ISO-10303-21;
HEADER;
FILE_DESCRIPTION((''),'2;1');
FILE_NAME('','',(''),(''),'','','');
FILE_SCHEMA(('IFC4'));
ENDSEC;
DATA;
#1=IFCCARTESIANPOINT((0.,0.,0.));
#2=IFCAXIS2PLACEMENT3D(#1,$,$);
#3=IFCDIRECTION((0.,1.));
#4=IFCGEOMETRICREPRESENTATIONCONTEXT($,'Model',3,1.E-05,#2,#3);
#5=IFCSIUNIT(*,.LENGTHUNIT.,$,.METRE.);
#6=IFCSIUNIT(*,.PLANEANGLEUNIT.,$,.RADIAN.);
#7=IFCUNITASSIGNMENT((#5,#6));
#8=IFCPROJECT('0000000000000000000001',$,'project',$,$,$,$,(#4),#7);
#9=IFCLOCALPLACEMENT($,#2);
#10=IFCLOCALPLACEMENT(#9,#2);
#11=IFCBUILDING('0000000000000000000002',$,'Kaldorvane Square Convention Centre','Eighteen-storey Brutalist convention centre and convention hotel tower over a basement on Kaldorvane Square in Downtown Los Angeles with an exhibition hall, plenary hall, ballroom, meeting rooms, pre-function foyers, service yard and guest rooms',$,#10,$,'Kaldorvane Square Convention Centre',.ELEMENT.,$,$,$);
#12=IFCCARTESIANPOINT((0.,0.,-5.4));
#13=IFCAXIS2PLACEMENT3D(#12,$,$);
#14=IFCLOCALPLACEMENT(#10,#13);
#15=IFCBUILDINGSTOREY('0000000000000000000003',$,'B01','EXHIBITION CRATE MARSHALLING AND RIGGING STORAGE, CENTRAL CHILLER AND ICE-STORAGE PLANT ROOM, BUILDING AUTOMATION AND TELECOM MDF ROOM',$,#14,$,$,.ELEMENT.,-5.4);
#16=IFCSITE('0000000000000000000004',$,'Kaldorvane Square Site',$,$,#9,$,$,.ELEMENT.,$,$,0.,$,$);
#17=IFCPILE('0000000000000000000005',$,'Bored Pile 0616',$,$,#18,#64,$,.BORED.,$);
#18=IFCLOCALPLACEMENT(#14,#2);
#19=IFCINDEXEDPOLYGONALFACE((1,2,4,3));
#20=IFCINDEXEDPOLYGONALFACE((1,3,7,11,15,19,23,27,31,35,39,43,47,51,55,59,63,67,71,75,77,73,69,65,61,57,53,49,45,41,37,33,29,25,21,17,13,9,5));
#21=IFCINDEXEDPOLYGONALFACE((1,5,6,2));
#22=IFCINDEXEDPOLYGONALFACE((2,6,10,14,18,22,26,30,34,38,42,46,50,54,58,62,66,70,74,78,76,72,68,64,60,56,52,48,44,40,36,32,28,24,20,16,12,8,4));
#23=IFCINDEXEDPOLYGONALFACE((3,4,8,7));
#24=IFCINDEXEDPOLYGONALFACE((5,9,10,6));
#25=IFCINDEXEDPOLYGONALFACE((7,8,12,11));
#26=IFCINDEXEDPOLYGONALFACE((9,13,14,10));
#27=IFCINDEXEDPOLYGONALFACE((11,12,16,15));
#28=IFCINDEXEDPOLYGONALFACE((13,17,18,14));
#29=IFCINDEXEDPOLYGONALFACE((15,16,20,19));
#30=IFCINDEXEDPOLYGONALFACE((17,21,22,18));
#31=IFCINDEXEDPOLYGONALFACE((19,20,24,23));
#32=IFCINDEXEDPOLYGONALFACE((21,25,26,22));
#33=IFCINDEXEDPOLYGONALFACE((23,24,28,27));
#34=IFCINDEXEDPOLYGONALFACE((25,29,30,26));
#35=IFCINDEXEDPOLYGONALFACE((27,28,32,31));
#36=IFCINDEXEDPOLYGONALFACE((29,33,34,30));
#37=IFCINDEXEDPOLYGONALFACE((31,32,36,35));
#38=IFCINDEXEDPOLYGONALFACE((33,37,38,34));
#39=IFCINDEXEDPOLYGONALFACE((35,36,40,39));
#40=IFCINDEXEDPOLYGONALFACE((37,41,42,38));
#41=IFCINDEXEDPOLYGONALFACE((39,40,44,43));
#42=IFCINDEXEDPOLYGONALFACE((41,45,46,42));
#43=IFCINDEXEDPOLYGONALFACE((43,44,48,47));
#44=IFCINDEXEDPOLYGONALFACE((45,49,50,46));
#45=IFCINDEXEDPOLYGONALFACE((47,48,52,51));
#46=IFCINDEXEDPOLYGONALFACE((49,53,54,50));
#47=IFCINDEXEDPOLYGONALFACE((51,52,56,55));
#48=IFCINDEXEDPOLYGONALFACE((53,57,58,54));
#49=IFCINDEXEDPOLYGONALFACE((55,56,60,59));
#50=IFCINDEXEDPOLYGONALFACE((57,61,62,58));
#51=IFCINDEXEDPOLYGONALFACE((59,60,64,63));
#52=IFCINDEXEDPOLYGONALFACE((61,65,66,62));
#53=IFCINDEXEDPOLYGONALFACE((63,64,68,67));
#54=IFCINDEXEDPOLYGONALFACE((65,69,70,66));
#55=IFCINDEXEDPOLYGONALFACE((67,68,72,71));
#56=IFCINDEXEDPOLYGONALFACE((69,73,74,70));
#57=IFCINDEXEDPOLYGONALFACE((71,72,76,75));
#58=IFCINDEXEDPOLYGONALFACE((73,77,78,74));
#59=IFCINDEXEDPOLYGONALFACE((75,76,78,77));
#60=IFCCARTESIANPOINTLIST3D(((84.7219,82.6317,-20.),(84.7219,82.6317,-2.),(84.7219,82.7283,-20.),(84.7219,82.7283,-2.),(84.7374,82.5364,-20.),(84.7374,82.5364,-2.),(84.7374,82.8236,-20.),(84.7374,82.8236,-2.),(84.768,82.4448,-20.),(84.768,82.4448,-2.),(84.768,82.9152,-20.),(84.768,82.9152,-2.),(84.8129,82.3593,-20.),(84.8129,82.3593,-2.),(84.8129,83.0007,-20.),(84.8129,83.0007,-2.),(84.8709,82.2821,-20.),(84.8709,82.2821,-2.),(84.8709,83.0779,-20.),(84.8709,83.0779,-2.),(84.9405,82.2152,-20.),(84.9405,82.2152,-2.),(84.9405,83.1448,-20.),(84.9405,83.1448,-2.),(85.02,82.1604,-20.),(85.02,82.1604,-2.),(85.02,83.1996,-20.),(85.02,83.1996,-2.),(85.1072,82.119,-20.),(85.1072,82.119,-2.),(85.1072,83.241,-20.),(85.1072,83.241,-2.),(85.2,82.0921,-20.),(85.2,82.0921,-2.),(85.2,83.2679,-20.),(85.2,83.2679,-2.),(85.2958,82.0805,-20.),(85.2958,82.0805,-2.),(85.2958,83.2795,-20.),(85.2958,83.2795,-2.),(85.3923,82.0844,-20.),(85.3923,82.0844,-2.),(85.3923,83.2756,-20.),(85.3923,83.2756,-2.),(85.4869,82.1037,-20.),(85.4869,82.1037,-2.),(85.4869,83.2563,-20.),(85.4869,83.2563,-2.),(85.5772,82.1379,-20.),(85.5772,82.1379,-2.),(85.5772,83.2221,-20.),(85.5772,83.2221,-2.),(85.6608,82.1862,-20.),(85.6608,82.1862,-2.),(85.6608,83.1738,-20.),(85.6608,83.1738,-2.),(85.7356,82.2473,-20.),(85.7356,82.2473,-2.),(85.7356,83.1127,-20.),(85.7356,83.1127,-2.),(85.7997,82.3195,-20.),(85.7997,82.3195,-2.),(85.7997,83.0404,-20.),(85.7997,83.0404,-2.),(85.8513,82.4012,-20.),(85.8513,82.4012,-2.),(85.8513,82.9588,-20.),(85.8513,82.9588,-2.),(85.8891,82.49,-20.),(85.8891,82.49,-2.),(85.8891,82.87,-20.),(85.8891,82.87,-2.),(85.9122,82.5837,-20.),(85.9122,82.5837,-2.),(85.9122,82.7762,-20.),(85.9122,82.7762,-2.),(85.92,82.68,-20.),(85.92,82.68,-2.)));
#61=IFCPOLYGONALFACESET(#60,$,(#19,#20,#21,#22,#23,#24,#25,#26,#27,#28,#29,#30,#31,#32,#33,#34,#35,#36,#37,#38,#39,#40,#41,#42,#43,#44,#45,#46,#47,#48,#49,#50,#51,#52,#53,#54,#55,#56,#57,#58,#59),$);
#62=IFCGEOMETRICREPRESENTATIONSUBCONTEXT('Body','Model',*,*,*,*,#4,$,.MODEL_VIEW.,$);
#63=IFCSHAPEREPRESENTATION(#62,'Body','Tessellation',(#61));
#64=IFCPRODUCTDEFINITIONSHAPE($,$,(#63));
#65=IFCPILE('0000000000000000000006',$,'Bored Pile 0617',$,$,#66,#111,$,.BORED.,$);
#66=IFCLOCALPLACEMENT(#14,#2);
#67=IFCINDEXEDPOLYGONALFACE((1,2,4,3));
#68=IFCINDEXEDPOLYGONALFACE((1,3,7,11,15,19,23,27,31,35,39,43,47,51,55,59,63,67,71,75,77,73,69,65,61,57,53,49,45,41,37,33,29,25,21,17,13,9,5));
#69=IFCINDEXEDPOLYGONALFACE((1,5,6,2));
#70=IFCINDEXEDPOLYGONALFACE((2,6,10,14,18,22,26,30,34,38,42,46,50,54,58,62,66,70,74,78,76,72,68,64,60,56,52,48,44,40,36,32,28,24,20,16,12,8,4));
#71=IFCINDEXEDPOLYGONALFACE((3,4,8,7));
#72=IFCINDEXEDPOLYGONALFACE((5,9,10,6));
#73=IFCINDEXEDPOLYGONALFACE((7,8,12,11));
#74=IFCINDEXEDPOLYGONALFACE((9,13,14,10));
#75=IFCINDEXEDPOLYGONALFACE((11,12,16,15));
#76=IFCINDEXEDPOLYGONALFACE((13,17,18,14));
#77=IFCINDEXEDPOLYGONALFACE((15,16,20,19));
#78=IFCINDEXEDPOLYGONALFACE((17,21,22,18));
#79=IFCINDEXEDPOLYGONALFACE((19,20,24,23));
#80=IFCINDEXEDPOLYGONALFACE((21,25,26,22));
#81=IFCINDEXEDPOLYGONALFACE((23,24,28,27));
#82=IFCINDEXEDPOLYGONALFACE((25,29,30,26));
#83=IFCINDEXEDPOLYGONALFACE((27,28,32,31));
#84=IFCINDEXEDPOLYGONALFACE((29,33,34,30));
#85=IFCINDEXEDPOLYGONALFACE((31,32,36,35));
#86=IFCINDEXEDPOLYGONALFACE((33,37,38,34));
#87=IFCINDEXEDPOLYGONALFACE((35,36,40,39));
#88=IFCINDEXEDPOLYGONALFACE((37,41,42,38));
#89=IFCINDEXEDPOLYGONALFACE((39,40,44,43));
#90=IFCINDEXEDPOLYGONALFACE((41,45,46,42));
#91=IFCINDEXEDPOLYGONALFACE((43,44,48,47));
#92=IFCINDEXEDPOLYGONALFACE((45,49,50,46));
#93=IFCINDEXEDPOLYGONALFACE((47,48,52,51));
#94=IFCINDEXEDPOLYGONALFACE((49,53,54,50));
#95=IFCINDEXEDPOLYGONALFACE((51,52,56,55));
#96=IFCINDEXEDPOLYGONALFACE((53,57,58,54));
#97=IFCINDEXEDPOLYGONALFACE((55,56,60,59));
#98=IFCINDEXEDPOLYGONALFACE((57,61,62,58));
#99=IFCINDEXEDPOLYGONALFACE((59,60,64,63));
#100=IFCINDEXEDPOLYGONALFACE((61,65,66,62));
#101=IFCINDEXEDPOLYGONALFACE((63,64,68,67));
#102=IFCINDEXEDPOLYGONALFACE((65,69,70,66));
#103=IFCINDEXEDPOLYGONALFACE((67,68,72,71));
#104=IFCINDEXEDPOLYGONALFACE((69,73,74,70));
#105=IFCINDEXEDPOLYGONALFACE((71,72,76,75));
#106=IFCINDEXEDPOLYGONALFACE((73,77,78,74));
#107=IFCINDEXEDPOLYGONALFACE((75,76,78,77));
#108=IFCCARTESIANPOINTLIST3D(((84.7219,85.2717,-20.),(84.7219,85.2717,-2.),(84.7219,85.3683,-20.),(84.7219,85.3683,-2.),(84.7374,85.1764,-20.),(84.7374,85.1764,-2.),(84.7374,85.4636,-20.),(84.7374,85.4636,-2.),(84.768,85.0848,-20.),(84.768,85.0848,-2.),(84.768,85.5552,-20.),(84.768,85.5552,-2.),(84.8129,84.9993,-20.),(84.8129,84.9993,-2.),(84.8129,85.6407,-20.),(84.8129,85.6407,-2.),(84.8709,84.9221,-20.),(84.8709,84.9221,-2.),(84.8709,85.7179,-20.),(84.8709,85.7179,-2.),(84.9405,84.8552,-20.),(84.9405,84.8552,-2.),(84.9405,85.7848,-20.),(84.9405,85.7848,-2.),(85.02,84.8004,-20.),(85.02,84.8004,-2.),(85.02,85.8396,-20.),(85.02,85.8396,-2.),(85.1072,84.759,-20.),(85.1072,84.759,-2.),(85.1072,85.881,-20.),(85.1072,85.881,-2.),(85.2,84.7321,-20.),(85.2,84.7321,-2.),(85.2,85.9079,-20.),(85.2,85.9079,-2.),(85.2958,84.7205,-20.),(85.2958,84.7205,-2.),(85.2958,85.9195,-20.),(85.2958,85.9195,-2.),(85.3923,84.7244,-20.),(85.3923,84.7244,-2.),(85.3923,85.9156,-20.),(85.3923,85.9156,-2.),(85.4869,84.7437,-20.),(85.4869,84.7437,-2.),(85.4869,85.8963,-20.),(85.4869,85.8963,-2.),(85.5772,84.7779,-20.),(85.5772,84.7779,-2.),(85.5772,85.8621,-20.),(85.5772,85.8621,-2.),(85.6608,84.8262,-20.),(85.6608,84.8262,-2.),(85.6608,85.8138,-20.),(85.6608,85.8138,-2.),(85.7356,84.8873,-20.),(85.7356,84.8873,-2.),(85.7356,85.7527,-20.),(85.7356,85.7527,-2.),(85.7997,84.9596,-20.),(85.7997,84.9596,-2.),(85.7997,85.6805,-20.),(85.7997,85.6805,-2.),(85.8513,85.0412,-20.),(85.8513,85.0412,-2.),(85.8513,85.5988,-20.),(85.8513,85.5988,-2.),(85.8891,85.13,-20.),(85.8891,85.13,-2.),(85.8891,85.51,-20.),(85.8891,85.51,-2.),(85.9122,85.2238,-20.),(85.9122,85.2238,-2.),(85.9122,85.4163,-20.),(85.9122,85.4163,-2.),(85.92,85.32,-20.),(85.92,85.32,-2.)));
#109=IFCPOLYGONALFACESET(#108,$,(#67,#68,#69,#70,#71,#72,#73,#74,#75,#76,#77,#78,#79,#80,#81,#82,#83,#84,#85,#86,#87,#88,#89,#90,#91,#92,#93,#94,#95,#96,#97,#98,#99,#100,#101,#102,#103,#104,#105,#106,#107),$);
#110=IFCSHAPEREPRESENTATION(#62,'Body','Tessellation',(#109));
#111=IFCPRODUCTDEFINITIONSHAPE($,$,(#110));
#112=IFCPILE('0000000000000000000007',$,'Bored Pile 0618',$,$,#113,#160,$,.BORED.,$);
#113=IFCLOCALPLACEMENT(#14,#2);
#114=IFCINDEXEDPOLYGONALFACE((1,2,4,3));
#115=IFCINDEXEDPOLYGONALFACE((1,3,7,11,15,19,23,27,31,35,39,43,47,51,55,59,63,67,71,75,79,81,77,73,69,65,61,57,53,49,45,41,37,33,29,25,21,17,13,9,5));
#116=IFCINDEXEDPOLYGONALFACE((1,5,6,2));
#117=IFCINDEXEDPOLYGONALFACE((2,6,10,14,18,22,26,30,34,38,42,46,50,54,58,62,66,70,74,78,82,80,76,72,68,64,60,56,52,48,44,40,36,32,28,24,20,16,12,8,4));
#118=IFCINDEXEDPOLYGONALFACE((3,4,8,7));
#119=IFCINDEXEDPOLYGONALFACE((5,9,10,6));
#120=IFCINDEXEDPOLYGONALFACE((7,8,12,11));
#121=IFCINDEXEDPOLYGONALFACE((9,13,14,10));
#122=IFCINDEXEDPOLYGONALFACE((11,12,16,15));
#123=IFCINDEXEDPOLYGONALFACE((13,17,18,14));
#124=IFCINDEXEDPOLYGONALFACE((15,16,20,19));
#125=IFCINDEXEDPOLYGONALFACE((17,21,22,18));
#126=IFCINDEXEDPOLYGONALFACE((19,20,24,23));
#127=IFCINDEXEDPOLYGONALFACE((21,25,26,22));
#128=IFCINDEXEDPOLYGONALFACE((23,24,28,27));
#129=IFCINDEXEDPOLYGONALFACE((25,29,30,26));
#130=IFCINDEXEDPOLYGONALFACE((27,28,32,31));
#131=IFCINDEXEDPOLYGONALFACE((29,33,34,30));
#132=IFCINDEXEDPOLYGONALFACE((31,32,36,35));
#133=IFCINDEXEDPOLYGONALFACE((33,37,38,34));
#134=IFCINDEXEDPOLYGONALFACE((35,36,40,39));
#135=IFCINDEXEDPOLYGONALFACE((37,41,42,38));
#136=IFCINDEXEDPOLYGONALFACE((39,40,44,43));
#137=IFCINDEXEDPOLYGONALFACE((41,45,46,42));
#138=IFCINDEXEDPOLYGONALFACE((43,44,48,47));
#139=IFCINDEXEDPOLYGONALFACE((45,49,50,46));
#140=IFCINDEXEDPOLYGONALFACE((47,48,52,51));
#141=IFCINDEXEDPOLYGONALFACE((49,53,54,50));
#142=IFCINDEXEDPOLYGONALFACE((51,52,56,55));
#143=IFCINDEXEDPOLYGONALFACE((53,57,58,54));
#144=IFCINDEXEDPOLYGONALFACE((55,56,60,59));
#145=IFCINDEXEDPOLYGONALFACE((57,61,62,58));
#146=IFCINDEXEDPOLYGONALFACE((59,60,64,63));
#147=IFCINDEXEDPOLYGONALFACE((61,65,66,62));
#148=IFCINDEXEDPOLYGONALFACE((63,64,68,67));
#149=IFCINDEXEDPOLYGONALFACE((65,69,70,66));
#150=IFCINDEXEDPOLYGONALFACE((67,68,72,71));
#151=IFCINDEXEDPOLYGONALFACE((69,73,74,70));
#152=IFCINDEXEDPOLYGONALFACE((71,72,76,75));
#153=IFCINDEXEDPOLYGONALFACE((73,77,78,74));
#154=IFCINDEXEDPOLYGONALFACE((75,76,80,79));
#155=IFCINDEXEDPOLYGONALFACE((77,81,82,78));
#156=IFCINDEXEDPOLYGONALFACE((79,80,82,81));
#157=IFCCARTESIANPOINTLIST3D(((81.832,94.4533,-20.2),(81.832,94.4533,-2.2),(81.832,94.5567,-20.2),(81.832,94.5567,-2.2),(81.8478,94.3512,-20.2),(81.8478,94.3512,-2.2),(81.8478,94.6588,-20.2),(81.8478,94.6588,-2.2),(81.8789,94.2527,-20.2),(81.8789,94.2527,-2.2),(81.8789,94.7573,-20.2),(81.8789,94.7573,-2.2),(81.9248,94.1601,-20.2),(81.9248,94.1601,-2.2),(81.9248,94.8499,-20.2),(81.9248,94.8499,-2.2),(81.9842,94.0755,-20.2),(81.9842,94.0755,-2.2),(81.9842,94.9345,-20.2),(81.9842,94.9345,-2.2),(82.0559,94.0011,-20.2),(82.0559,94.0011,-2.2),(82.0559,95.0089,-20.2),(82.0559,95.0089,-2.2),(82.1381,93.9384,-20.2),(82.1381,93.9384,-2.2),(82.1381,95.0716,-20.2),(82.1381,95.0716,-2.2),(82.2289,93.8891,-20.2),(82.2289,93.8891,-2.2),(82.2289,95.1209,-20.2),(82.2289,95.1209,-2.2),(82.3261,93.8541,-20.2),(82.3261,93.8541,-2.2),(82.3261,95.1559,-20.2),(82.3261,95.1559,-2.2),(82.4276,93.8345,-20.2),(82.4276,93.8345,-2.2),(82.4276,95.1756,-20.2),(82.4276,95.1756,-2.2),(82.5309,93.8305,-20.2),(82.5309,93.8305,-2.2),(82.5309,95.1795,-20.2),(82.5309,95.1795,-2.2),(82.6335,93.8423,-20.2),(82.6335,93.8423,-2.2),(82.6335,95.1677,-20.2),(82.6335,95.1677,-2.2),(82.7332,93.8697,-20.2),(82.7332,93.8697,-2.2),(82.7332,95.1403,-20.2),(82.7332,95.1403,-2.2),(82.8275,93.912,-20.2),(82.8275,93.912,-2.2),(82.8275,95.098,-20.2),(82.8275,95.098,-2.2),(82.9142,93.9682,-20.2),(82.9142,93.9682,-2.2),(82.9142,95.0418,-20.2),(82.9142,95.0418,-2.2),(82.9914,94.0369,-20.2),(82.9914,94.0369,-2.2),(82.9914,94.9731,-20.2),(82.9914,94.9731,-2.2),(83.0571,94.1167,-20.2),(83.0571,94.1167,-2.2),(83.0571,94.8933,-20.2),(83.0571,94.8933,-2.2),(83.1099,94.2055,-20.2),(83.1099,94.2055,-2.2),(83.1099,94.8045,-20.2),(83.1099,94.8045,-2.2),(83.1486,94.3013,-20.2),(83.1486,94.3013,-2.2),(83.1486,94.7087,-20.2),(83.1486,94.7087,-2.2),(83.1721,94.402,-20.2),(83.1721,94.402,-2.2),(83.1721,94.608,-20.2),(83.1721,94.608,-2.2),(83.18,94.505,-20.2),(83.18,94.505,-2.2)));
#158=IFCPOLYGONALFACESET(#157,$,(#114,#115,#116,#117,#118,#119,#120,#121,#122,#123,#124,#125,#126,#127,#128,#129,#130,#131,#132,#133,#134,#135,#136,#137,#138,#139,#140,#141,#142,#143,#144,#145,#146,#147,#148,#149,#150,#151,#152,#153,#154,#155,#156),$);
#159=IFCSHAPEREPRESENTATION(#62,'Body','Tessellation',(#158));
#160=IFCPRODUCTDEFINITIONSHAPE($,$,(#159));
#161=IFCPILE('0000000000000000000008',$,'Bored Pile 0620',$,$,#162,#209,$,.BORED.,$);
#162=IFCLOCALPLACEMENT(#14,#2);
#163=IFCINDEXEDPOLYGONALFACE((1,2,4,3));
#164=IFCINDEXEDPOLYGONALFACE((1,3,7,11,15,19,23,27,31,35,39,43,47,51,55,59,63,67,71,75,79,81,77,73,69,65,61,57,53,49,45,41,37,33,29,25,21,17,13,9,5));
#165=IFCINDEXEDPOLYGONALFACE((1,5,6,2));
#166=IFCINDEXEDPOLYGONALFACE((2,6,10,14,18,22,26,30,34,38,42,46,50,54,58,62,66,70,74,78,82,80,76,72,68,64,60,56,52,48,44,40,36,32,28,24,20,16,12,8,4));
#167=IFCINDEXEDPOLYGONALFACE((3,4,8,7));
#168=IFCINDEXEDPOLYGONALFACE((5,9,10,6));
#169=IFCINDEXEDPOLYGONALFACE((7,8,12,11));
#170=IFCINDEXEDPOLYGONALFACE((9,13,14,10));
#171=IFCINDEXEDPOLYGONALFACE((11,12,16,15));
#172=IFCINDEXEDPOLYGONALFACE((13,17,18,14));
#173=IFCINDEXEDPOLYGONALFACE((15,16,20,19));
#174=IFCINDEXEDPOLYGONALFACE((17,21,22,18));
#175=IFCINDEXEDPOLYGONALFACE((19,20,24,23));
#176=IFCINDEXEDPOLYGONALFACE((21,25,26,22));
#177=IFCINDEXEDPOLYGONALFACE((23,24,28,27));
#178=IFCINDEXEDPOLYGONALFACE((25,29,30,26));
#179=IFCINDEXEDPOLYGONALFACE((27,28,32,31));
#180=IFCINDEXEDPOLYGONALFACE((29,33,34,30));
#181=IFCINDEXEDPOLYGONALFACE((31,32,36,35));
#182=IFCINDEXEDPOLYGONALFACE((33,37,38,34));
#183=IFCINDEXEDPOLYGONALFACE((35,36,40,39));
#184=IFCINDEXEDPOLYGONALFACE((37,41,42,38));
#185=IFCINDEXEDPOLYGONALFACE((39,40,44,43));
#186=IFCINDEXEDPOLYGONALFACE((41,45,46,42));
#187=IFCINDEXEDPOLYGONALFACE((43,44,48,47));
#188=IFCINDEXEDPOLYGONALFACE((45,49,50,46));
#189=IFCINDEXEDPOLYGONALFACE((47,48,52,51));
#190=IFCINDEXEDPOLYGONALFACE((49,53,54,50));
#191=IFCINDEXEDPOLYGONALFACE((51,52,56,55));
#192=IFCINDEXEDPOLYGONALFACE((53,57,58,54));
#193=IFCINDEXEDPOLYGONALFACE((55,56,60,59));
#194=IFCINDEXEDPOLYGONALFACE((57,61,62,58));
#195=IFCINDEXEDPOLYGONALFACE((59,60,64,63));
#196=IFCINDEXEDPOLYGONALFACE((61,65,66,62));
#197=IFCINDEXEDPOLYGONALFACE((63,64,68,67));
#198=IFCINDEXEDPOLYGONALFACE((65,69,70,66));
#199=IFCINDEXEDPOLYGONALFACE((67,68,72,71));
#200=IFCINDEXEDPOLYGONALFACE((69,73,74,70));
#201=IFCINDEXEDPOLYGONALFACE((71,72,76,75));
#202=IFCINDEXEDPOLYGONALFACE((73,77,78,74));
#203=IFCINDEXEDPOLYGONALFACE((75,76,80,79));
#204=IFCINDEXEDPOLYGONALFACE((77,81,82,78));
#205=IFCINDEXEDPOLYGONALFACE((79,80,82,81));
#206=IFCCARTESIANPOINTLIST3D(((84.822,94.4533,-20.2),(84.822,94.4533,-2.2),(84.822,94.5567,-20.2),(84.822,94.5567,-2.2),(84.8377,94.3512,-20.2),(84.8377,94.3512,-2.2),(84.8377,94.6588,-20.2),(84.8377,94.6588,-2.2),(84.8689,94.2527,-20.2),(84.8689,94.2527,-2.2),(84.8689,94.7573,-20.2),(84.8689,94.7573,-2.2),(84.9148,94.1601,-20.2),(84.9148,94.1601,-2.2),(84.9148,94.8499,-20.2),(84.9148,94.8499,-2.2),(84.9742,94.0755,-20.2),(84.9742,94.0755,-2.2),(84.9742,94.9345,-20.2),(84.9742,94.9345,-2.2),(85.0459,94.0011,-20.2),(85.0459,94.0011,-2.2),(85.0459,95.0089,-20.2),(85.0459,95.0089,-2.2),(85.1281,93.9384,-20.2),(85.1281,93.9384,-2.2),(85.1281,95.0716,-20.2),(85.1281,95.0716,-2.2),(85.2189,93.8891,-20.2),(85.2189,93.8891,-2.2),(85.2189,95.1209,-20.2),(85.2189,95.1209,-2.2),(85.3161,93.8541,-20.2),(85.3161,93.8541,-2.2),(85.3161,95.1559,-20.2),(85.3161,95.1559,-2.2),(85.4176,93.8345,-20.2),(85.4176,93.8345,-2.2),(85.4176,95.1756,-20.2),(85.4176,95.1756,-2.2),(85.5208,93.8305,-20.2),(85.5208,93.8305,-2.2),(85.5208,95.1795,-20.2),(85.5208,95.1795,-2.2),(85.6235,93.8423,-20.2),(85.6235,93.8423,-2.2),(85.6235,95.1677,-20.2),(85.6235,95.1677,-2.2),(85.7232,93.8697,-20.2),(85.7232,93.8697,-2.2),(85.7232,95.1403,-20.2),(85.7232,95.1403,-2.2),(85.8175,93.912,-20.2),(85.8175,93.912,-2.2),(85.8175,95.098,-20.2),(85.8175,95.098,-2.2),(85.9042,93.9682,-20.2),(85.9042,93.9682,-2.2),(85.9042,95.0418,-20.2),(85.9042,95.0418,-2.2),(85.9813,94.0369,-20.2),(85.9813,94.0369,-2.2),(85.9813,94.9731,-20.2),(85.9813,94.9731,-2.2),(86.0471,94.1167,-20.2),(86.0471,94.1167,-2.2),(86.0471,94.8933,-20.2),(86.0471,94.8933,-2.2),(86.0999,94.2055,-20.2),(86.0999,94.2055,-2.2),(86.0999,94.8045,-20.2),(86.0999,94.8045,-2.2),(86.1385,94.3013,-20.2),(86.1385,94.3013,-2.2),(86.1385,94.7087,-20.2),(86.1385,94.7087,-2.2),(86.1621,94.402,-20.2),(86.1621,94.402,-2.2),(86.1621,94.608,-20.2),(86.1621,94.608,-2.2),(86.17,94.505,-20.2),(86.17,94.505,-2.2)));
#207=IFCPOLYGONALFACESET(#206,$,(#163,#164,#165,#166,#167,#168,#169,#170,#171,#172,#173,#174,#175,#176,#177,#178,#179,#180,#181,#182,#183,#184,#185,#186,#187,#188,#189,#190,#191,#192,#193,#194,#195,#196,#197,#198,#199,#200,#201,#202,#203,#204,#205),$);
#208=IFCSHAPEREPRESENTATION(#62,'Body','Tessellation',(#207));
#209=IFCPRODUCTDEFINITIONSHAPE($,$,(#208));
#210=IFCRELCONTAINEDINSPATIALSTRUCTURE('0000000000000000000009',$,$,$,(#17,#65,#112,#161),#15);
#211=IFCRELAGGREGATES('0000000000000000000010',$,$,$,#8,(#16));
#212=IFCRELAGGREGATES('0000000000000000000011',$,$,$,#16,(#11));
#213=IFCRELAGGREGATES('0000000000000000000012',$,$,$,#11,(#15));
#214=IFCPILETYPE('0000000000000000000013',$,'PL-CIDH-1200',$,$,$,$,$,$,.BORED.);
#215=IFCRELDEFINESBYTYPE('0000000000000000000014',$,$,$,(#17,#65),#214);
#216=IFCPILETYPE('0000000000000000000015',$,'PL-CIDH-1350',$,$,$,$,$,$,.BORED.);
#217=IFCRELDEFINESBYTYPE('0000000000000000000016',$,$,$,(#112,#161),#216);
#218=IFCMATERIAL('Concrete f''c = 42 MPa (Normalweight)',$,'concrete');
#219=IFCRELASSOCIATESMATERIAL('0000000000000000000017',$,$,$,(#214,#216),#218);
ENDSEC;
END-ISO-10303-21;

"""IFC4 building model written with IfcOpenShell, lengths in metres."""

from ifc_helpers import new_model, si_unit, direction, frame, origin, origin_2d, place, context, subcontext, project, spatial, circle, extrude, material, material_profile, profile_set, type_object, element, save


model = new_model("IFC4")

# Units and contexts
model_context = context("Model", 3, precision=1e-05, world=origin(), true_north=direction((0.0, 1.0)))
body_context = subcontext(model_context, "Body", "Model", "MODEL_VIEW")
ifc_project = project(units=[si_unit("LENGTHUNIT", "METRE"), si_unit("PLANEANGLEUNIT", "RADIAN")], contexts=[model_context])

# Site, building, storey
site_placement = place(None, origin())
site = spatial("IfcSite", under=ifc_project, at=site_placement, Name="Kaldorvane Square Site", CompositionType="ELEMENT", RefElevation=0.0)
building_placement = place(site_placement, origin())
building = spatial("IfcBuilding", under=site, at=building_placement, Name="Kaldorvane Square Convention Centre", Description="Eighteen-storey Brutalist convention centre and convention hotel tower over a basement on Kaldorvane Square in Downtown Los Angeles with an exhibition hall, plenary hall, ballroom, meeting rooms, pre-function foyers, service yard and guest rooms", LongName="Kaldorvane Square Convention Centre", CompositionType="ELEMENT")
storey_placement = place(building_placement, frame((0.0, 0.0, -5.4)))
storey = spatial("IfcBuildingStorey", under=building, at=storey_placement, Name="B01", Description="EXHIBITION CRATE MARSHALLING AND RIGGING STORAGE, CENTRAL CHILLER AND ICE-STORAGE PLANT ROOM, BUILDING AUTOMATION AND TELECOM MDF ROOM", CompositionType="ELEMENT", Elevation=-5.4)

# Shared definitions
ifc_material_1 = material(Name="Concrete f'c = 42 MPa (Normalweight)", Category="concrete")

# Piles
ifc_material_profile_1 = material_profile(ifc_material_1, circle(Radius=0.6, at=origin_2d()), Name="PILE-D1200")
ifc_profile_set_1 = profile_set([ifc_material_profile_1], Name="Concrete f'c = 42 MPa (Normalweight)")
pile_type_1 = type_object("IfcPileType", Name="PL-CIDH-1200", PredefinedType="BORED", material=ifc_profile_set_1)
for number, where, z_axis, x_axis, name in (
    (1, (85.32, 82.68, -2.0), (0.0, 0.0, -1.0), (1.0, 0.0, 0.0), "Bored Pile 0616"),
    (2, (85.32, 85.32, -2.0), (0.0, 0.0, -1.0), (1.0, 0.0, 0.0), "Bored Pile 0617"),
):
    element("IfcPile", number, at=place(storey_placement, frame(where, z_axis=z_axis, x_axis=x_axis)), inside=storey, type_object=pile_type_1, Name=name, PredefinedType="BORED", context=body_context, shape_type="SweptSolid", body=[
        extrude(circle(Radius=0.6, at=origin_2d()), origin(), (0.0, 0.0, 1.0), 18.0),
    ])
ifc_material_profile_2 = material_profile(ifc_material_1, circle(Radius=0.675, at=origin_2d()), Name="PILE-D1350")
ifc_profile_set_2 = profile_set([ifc_material_profile_2], Name="Concrete f'c = 42 MPa (Normalweight)")
pile_type_2 = type_object("IfcPileType", Name="PL-CIDH-1350", PredefinedType="BORED", material=ifc_profile_set_2)
for number, where, z_axis, x_axis, name in (
    (3, (82.505, 94.505, -2.2), (0.0, 0.0, -1.0), (1.0, 0.0, 0.0), "Bored Pile 0618"),
    (4, (85.495, 94.505, -2.2), (0.0, 0.0, -1.0), (1.0, 0.0, 0.0), "Bored Pile 0620"),
):
    element("IfcPile", number, at=place(storey_placement, frame(where, z_axis=z_axis, x_axis=x_axis)), inside=storey, type_object=pile_type_2, Name=name, PredefinedType="BORED", context=body_context, shape_type="SweptSolid", body=[
        extrude(circle(Radius=0.675, at=origin_2d()), origin(), (0.0, 0.0, 1.0), 18.0),
    ])

save(model, "model.ifc")
